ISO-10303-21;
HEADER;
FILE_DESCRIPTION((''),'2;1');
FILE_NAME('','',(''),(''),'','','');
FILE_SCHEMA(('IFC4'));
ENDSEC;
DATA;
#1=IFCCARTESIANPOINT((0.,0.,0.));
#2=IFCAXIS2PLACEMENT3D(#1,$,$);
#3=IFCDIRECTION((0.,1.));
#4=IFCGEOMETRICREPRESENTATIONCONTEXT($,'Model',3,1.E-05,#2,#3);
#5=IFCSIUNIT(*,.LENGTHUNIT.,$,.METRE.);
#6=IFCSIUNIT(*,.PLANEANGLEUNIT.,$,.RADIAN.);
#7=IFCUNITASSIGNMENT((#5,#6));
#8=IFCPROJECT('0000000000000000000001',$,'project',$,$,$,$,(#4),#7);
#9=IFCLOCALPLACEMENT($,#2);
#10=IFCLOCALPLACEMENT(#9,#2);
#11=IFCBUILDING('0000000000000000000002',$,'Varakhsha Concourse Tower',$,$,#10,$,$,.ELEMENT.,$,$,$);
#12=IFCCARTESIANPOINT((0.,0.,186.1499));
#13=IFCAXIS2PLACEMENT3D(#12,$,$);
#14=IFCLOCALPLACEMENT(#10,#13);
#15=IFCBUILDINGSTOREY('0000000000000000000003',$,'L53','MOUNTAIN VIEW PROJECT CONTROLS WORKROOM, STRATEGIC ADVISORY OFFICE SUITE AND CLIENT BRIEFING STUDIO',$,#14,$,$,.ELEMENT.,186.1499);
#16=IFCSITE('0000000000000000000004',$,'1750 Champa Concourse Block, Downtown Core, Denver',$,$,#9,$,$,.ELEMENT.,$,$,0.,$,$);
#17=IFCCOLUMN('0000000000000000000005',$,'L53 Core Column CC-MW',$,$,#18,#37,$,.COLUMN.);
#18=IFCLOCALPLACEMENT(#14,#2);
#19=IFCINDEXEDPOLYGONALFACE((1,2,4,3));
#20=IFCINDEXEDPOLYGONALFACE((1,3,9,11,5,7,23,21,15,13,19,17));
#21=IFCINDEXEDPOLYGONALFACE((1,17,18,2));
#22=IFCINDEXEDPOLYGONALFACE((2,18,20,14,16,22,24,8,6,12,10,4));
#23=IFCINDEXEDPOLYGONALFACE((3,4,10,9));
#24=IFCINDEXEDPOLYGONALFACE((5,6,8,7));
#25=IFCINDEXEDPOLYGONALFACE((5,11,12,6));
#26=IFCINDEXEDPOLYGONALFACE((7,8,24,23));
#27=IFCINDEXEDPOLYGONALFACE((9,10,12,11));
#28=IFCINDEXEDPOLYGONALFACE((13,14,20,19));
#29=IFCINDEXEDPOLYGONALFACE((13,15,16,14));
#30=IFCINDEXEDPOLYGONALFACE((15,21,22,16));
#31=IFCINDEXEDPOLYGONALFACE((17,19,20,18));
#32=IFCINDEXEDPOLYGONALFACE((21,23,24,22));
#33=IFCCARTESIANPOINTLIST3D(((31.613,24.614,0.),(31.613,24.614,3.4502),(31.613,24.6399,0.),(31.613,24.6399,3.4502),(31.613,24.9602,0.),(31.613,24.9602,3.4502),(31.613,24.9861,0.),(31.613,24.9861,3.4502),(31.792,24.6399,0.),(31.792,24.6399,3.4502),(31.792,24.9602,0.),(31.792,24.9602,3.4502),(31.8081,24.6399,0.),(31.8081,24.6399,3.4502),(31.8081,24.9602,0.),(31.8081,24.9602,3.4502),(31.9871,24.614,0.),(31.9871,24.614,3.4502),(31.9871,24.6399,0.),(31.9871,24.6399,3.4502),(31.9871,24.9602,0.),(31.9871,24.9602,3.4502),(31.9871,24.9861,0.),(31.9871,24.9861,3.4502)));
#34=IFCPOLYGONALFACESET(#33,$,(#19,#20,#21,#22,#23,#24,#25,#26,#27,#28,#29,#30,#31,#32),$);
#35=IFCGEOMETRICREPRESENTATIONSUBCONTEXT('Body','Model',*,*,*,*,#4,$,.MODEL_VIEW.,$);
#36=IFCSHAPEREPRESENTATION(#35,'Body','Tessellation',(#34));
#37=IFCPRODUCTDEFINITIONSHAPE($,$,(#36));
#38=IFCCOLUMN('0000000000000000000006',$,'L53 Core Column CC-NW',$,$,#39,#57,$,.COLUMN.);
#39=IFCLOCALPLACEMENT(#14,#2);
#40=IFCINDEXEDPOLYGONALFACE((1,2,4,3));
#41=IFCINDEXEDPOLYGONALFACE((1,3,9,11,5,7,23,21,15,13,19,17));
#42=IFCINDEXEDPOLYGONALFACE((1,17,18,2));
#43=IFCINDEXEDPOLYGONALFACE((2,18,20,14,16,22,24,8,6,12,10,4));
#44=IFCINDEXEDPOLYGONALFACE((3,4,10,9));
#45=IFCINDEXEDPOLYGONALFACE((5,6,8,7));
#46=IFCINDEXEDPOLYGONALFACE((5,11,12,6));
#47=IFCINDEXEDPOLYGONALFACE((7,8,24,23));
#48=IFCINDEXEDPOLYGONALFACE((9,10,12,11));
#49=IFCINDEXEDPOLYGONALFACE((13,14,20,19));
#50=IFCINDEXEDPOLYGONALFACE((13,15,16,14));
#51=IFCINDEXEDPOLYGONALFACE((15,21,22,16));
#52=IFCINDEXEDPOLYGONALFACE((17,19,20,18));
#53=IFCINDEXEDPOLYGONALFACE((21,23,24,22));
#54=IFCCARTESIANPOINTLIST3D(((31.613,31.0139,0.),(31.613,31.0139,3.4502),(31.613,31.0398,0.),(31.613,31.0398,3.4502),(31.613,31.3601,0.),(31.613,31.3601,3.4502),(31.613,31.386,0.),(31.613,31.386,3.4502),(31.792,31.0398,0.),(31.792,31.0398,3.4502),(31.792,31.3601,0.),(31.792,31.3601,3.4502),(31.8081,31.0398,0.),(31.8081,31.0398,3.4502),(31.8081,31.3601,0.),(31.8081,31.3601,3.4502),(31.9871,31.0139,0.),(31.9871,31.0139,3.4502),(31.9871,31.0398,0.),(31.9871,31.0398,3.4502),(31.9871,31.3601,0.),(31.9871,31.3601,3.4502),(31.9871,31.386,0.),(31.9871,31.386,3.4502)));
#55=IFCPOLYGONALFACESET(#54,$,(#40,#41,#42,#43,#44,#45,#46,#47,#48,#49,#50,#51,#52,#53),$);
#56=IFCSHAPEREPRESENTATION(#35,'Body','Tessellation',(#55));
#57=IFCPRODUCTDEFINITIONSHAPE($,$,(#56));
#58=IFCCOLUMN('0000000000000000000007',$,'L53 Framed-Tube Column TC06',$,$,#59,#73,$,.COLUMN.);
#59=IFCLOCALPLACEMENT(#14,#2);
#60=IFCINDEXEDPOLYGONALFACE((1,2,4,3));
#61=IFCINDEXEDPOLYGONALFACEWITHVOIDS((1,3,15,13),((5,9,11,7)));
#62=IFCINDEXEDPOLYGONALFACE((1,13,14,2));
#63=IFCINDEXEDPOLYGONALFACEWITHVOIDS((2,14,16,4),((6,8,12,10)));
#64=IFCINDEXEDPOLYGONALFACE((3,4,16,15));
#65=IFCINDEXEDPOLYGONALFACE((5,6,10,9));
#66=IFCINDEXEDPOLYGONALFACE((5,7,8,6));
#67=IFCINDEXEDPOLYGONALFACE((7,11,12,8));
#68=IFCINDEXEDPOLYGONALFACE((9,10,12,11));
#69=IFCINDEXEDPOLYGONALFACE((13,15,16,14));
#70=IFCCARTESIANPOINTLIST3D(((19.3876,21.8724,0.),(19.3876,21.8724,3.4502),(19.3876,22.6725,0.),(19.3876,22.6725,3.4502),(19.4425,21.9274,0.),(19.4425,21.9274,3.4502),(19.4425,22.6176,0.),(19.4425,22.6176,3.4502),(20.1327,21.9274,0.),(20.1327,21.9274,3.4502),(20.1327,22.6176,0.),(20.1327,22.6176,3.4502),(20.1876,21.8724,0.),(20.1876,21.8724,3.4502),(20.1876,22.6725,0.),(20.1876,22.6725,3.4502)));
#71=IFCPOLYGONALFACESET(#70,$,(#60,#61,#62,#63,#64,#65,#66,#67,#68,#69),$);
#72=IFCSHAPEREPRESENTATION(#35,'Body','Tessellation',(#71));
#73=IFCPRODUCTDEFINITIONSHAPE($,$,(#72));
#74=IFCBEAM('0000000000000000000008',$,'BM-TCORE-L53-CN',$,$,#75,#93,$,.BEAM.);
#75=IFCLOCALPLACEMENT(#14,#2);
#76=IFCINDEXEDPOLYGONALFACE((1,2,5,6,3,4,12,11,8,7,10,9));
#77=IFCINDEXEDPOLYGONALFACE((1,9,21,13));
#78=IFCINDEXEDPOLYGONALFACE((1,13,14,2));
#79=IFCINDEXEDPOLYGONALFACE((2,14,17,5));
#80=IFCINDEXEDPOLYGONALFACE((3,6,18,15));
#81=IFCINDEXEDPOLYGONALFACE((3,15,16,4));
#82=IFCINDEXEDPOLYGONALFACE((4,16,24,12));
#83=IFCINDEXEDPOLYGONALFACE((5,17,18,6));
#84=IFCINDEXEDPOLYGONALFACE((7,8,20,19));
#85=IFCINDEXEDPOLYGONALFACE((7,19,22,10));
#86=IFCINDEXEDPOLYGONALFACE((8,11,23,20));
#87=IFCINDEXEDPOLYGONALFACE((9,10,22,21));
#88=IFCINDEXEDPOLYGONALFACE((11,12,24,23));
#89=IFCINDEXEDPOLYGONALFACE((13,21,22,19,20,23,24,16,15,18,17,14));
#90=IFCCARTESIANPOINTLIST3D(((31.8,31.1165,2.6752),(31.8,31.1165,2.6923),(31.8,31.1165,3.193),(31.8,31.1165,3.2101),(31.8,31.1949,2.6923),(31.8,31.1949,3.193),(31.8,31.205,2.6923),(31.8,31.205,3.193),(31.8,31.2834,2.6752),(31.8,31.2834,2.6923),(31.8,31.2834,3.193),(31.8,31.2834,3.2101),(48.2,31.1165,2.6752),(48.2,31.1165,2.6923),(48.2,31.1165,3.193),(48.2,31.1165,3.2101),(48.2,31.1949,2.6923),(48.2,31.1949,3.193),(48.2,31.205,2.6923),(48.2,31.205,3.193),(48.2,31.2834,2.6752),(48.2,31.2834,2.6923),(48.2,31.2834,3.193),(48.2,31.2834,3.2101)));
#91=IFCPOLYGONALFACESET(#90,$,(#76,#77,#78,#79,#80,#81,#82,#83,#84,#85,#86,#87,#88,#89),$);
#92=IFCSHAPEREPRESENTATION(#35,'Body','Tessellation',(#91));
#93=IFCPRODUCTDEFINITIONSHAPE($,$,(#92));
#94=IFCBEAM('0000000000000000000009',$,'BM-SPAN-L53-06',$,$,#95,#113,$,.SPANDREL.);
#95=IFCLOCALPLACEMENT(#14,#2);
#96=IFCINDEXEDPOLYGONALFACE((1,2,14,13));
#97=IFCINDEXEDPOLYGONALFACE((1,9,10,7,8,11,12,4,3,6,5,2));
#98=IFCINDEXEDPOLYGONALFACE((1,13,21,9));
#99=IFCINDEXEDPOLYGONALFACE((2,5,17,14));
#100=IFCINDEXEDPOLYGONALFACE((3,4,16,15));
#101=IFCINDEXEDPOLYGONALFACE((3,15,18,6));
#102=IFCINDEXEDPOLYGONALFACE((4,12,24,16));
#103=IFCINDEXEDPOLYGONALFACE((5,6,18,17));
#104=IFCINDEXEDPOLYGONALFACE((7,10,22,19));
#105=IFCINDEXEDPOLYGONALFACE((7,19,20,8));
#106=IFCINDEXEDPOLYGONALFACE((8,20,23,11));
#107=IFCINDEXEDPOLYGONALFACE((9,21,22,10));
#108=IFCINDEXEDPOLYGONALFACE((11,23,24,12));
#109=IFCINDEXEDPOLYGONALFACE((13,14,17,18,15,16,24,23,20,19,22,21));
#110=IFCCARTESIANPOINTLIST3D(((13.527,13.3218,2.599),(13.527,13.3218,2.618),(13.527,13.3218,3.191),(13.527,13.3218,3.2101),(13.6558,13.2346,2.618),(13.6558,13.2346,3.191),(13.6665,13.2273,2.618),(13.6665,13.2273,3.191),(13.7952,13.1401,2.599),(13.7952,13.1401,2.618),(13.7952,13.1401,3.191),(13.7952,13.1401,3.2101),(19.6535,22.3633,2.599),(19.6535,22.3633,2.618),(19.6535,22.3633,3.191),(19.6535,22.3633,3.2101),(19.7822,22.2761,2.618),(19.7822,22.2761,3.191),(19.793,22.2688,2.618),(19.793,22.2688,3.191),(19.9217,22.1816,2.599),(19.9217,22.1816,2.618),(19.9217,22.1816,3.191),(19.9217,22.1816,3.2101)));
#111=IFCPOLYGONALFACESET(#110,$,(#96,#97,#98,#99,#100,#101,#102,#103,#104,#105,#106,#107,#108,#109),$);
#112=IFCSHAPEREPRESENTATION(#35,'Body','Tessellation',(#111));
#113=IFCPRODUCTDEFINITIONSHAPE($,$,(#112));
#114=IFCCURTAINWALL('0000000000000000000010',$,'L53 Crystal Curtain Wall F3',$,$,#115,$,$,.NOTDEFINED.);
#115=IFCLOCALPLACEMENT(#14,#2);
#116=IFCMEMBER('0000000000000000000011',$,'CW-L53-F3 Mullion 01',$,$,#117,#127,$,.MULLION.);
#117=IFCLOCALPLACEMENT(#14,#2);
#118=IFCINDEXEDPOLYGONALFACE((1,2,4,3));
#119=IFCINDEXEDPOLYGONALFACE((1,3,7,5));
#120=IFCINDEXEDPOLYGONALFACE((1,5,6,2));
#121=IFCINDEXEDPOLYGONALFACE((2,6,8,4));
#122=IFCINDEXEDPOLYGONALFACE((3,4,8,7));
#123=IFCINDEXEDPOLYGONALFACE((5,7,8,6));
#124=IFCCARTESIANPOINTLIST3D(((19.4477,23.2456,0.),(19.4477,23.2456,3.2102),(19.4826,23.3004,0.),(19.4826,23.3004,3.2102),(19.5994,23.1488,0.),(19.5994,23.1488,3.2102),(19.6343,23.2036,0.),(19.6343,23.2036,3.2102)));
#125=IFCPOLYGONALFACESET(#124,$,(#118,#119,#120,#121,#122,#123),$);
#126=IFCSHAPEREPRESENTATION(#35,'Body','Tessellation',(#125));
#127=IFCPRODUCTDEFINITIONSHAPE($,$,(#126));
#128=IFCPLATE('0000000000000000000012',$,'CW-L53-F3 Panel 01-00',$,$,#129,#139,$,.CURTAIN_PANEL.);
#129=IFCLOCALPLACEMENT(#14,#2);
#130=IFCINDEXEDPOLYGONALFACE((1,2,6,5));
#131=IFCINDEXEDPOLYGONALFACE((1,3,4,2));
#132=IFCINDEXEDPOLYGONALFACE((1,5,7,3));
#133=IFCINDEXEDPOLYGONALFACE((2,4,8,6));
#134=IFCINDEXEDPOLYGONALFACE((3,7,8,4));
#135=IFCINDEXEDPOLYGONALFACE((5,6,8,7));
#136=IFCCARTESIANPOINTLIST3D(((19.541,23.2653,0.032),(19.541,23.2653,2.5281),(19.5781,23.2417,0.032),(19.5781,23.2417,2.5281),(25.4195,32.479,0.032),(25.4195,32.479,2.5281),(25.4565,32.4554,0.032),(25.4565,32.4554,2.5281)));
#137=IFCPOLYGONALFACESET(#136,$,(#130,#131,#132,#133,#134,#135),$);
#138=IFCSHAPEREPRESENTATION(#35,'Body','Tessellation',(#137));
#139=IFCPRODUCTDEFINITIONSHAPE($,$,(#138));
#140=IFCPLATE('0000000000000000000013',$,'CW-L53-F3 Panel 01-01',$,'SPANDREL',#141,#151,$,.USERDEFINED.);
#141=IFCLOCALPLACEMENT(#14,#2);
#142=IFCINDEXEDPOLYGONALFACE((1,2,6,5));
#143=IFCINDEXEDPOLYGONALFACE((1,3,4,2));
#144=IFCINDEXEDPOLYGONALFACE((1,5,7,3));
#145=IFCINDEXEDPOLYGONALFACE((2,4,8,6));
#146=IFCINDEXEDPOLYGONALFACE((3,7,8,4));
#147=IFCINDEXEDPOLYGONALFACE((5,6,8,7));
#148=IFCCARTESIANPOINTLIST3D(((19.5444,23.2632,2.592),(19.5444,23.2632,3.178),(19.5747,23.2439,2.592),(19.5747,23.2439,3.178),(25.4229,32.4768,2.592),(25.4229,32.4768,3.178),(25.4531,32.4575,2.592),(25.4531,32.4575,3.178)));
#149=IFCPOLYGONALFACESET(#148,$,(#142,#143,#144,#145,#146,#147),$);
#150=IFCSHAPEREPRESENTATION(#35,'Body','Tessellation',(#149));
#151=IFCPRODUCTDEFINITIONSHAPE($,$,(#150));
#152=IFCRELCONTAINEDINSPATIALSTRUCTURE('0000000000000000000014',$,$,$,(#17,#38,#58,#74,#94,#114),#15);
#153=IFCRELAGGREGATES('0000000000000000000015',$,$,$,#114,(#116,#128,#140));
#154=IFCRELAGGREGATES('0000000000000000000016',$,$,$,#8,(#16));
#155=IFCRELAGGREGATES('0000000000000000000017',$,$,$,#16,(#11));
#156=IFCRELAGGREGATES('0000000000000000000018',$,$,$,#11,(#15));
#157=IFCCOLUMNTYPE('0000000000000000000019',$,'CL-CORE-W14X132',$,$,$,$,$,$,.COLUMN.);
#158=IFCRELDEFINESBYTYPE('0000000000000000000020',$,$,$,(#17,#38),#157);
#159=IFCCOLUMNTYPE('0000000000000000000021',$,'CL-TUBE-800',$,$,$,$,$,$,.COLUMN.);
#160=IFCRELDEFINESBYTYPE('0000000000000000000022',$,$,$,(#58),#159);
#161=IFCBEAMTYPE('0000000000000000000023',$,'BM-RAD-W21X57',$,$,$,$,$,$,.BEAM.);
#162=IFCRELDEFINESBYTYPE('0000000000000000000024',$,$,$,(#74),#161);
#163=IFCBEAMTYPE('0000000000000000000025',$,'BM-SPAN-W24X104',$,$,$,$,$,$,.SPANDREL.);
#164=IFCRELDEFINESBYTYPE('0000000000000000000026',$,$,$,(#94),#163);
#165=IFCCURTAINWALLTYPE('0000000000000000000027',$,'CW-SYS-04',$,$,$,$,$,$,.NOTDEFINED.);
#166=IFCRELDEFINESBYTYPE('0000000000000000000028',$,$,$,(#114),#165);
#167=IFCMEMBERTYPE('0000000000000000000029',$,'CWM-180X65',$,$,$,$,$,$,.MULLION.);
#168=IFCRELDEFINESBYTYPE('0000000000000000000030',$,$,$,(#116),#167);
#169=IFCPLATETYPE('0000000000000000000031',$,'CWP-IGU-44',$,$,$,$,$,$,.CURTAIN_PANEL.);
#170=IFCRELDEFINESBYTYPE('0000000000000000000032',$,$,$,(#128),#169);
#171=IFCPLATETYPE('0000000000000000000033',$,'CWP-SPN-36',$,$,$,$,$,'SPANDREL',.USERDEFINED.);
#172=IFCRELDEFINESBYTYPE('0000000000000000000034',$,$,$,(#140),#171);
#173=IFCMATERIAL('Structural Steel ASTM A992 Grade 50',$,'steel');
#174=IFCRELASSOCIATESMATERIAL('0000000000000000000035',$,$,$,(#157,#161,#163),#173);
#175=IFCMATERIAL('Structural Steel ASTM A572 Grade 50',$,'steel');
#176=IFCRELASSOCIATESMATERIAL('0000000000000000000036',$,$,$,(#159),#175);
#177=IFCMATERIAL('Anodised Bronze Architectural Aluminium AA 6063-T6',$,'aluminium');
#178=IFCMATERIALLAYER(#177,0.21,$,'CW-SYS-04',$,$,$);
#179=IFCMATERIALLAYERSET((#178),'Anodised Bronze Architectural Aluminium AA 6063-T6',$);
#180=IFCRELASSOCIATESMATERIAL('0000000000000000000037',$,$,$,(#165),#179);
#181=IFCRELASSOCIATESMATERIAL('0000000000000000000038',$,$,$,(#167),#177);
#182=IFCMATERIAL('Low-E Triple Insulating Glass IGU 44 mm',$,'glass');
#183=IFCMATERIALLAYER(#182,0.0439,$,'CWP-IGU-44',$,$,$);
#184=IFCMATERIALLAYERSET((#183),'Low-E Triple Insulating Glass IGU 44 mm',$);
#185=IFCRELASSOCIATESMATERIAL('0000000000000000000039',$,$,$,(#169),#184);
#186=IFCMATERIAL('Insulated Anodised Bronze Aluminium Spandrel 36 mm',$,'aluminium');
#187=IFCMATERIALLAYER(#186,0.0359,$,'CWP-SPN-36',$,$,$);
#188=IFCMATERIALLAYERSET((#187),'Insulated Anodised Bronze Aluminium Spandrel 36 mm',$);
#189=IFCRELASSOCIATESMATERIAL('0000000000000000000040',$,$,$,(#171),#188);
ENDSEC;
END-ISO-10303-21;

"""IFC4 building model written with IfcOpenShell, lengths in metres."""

from ifc_helpers import new_model, si_unit, direction, frame, origin, origin_2d, place, context, subcontext, project, spatial, rectangle, hollow_rectangle, i_section, extrude, source, transform, mapped, material, layer, layer_set, material_profile, profile_set, type_object, type_shapes, element, aggregate, save


model = new_model("IFC4")

# Units and contexts
model_context = context("Model", 3, precision=1e-05, world=origin(), true_north=direction((0.0, 1.0)))
body_context = subcontext(model_context, "Body", "Model", "MODEL_VIEW")
ifc_project = project(units=[si_unit("LENGTHUNIT", "METRE"), si_unit("PLANEANGLEUNIT", "RADIAN")], contexts=[model_context])

# Site, building, storey
site_placement = place(None, origin())
site = spatial("IfcSite", under=ifc_project, at=site_placement, Name="1750 Champa Concourse Block, Downtown Core, Denver", CompositionType="ELEMENT", RefElevation=0.0)
building_placement = place(site_placement, origin())
building = spatial("IfcBuilding", under=site, at=building_placement, Name="Varakhsha Concourse Tower", CompositionType="ELEMENT")
storey_placement = place(building_placement, frame((0.0, 0.0, 186.1499)))
storey = spatial("IfcBuildingStorey", under=building, at=storey_placement, Name="L53", Description="MOUNTAIN VIEW PROJECT CONTROLS WORKROOM, STRATEGIC ADVISORY OFFICE SUITE AND CLIENT BRIEFING STUDIO", CompositionType="ELEMENT", Elevation=186.1499)

# Columns
ifc_material_1 = material(Name="Structural Steel ASTM A992 Grade 50", Category="steel")
ifc_material_profile_1 = material_profile(ifc_material_1, i_section(OverallWidth=0.374, OverallDepth=0.3721, WebThickness=0.0161, FlangeThickness=0.0259, at=origin_2d()), Name="W14X132")
ifc_profile_set_1 = profile_set([ifc_material_profile_1], Name="Structural Steel ASTM A992 Grade 50")
column_type_1 = type_object("IfcColumnType", Name="CL-CORE-W14X132", PredefinedType="COLUMN", material=ifc_profile_set_1)
for number, where, z_axis, x_axis, name in (
    (1, (31.8, 24.8, 0.0), (0.0, 0.0, 1.0), (1.0, 0.0, 0.0), "L53 Core Column CC-MW"),
    (2, (31.8, 31.2, 0.0), (0.0, 0.0, 1.0), (1.0, 0.0, 0.0), "L53 Core Column CC-NW"),
):
    element("IfcColumn", number, at=place(storey_placement, frame(where, z_axis=z_axis, x_axis=x_axis)), inside=storey, type_object=column_type_1, Name=name, PredefinedType="COLUMN", context=body_context, shape_type="SweptSolid", body=[
        extrude(i_section(OverallWidth=0.374, OverallDepth=0.3721, WebThickness=0.0161, FlangeThickness=0.0259, at=origin_2d()), origin(), (0.0, 0.0, 1.0), 3.4502),
    ])
ifc_material_2 = material(Name="Structural Steel ASTM A572 Grade 50", Category="steel")
ifc_material_profile_2 = material_profile(ifc_material_2, hollow_rectangle(XDim=0.8, YDim=0.8, WallThickness=0.0549, at=origin_2d()), Name="BOX 800x800x55")
ifc_profile_set_2 = profile_set([ifc_material_profile_2], Name="Structural Steel ASTM A572 Grade 50")
column_type_2 = type_object("IfcColumnType", Name="CL-TUBE-800", PredefinedType="COLUMN", material=ifc_profile_set_2)
column_placement = place(storey_placement, frame((19.7876, 22.2725, 0.0), z_axis=(0.0, 0.0, 1.0), x_axis=(1.0, 0.0, 0.0)))
element("IfcColumn", 3, at=column_placement, inside=storey, type_object=column_type_2, Name="L53 Framed-Tube Column TC06", PredefinedType="COLUMN", context=body_context, shape_type="SweptSolid", body=[
    extrude(hollow_rectangle(XDim=0.8, YDim=0.8, WallThickness=0.0549, at=origin_2d()), origin(), (0.0, 0.0, 1.0), 3.4502),
])

# Beams
ifc_material_profile_3 = material_profile(ifc_material_1, i_section(OverallWidth=0.167, OverallDepth=0.5349, WebThickness=0.01, FlangeThickness=0.0171, at=origin_2d()), Name="W21X57")
ifc_profile_set_3 = profile_set([ifc_material_profile_3], Name="Structural Steel ASTM A992 Grade 50")
beam_type_1 = type_object("IfcBeamType", Name="BM-RAD-W21X57", PredefinedType="BEAM", material=ifc_profile_set_3)
beam_1_placement = place(storey_placement, frame((31.8, 31.2, 2.9426), z_axis=(1.0, 0.0, 0.0), x_axis=(0.0, 1.0, 0.0)))
element("IfcBeam", 4, at=beam_1_placement, inside=storey, type_object=beam_type_1, Name="BM-TCORE-L53-CN", PredefinedType="BEAM", context=body_context, shape_type="SweptSolid", body=[
    extrude(i_section(OverallWidth=0.167, OverallDepth=0.5349, WebThickness=0.01, FlangeThickness=0.0171, at=origin_2d()), origin(), (0.0, 0.0, 1.0), 16.3999),
])
ifc_material_profile_4 = material_profile(ifc_material_1, i_section(OverallWidth=0.324, OverallDepth=0.6111, WebThickness=0.0129, FlangeThickness=0.019, at=origin_2d()), Name="W24X104")
ifc_profile_set_4 = profile_set([ifc_material_profile_4], Name="Structural Steel ASTM A992 Grade 50")
beam_type_2 = type_object("IfcBeamType", Name="BM-SPAN-W24X104", PredefinedType="SPANDREL", material=ifc_profile_set_4)
beam_2_placement = place(storey_placement, frame((19.7876, 22.2725, 2.9045), z_axis=(-0.560947, -0.827852, 0.0), x_axis=(0.827852, -0.560947, 0.0)))
element("IfcBeam", 5, at=beam_2_placement, inside=storey, type_object=beam_type_2, Name="BM-SPAN-L53-06", PredefinedType="SPANDREL", context=body_context, shape_type="SweptSolid", body=[
    extrude(i_section(OverallWidth=0.324, OverallDepth=0.6111, WebThickness=0.0129, FlangeThickness=0.019, at=origin_2d()), origin(), (0.0, 0.0, 1.0), 10.9216),
])

# Curtain wall, member, plates
ifc_material_3 = material(Name="Anodised Bronze Architectural Aluminium AA 6063-T6", Category="aluminium")
ifc_layer_1 = layer(ifc_material_3, 0.21, Name="CW-SYS-04")
ifc_layer_set_1 = layer_set([ifc_layer_1], Name="Anodised Bronze Architectural Aluminium AA 6063-T6")
curtain_wall_type = type_object("IfcCurtainWallType", Name="CW-SYS-04", PredefinedType="NOTDEFINED", material=ifc_layer_set_1)
curtain_wall_placement = place(storey_placement, origin())
curtain_wall = element("IfcCurtainWall", 6, at=curtain_wall_placement, inside=storey, type_object=curtain_wall_type, Name="L53 Crystal Curtain Wall F3", PredefinedType="NOTDEFINED")
ifc_material_profile_5 = material_profile(ifc_material_3, rectangle(XDim=0.0649, YDim=0.1799, at=origin_2d()), Name="CWM-180X65")
ifc_profile_set_5 = profile_set([ifc_material_profile_5], Name="Anodised Bronze Architectural Aluminium AA 6063-T6")
member_type = type_object("IfcMemberType", Name="CWM-180X65", PredefinedType="MULLION", material=ifc_profile_set_5)
shared_shape_1 = source(origin(), body_context, "Body", "SweptSolid", [
    extrude(rectangle(XDim=0.0649, YDim=0.1799, at=origin_2d()), origin(), (0.0, 0.0, 1.0), 3.2102),
])
type_shapes(member_type, [shared_shape_1])
member_placement = place(storey_placement, frame((19.541, 23.2246, 0.0), z_axis=(0.0, 0.0, 1.0), x_axis=(0.537863, 0.843032, 0.0)))
member = element("IfcMember", 7, at=member_placement, type_object=member_type, Name="CW-L53-F3 Mullion 01", PredefinedType="MULLION", context=body_context, shape_type="MappedRepresentation", body=[
    mapped(shared_shape_1, transform((0.0, 0.0, 0.0), scale=1.0)),
])
ifc_material_4 = material(Name="Low-E Triple Insulating Glass IGU 44 mm", Category="glass")
ifc_layer_2 = layer(ifc_material_4, 0.0439, Name="CWP-IGU-44")
ifc_layer_set_2 = layer_set([ifc_layer_2], Name="Low-E Triple Insulating Glass IGU 44 mm")
plate_type_1 = type_object("IfcPlateType", Name="CWP-IGU-44", PredefinedType="CURTAIN_PANEL", material=ifc_layer_set_2)
shared_shape_2 = source(origin(), body_context, "Body", "SweptSolid", [
    extrude(rectangle(XDim=10.9292, YDim=0.0439, at=origin_2d()), origin(), (0.0, 0.0, 1.0), 2.4961),
])
type_shapes(plate_type_1, [shared_shape_2])
plate_1_placement = place(storey_placement, frame((22.4988, 27.8604, 0.032), z_axis=(0.0, 0.0, 1.0), x_axis=(0.537863, 0.843032, 0.0)))
plate_1 = element("IfcPlate", 8, at=plate_1_placement, type_object=plate_type_1, Name="CW-L53-F3 Panel 01-00", PredefinedType="CURTAIN_PANEL", context=body_context, shape_type="MappedRepresentation", body=[
    mapped(shared_shape_2, transform((0.0, 0.0, 0.0), scale=1.0)),
])
ifc_material_5 = material(Name="Insulated Anodised Bronze Aluminium Spandrel 36 mm", Category="aluminium")
ifc_layer_3 = layer(ifc_material_5, 0.0359, Name="CWP-SPN-36")
ifc_layer_set_3 = layer_set([ifc_layer_3], Name="Insulated Anodised Bronze Aluminium Spandrel 36 mm")
plate_type_2 = type_object("IfcPlateType", Name="CWP-SPN-36", ElementType="SPANDREL", PredefinedType="USERDEFINED", material=ifc_layer_set_3)
shared_shape_3 = source(origin(), body_context, "Body", "SweptSolid", [
    extrude(rectangle(XDim=10.9292, YDim=0.0359, at=origin_2d()), origin(), (0.0, 0.0, 1.0), 0.5859),
])
type_shapes(plate_type_2, [shared_shape_3])
plate_2_placement = place(storey_placement, frame((22.4988, 27.8604, 2.592), z_axis=(0.0, 0.0, 1.0), x_axis=(0.537863, 0.843032, 0.0)))
plate_2 = element("IfcPlate", 9, at=plate_2_placement, type_object=plate_type_2, Name="CW-L53-F3 Panel 01-01", ObjectType="SPANDREL", PredefinedType="USERDEFINED", context=body_context, shape_type="MappedRepresentation", body=[
    mapped(shared_shape_3, transform((0.0, 0.0, 0.0), scale=1.0)),
])
aggregate(curtain_wall, [member, plate_1, plate_2])

save(model, "model.ifc")
